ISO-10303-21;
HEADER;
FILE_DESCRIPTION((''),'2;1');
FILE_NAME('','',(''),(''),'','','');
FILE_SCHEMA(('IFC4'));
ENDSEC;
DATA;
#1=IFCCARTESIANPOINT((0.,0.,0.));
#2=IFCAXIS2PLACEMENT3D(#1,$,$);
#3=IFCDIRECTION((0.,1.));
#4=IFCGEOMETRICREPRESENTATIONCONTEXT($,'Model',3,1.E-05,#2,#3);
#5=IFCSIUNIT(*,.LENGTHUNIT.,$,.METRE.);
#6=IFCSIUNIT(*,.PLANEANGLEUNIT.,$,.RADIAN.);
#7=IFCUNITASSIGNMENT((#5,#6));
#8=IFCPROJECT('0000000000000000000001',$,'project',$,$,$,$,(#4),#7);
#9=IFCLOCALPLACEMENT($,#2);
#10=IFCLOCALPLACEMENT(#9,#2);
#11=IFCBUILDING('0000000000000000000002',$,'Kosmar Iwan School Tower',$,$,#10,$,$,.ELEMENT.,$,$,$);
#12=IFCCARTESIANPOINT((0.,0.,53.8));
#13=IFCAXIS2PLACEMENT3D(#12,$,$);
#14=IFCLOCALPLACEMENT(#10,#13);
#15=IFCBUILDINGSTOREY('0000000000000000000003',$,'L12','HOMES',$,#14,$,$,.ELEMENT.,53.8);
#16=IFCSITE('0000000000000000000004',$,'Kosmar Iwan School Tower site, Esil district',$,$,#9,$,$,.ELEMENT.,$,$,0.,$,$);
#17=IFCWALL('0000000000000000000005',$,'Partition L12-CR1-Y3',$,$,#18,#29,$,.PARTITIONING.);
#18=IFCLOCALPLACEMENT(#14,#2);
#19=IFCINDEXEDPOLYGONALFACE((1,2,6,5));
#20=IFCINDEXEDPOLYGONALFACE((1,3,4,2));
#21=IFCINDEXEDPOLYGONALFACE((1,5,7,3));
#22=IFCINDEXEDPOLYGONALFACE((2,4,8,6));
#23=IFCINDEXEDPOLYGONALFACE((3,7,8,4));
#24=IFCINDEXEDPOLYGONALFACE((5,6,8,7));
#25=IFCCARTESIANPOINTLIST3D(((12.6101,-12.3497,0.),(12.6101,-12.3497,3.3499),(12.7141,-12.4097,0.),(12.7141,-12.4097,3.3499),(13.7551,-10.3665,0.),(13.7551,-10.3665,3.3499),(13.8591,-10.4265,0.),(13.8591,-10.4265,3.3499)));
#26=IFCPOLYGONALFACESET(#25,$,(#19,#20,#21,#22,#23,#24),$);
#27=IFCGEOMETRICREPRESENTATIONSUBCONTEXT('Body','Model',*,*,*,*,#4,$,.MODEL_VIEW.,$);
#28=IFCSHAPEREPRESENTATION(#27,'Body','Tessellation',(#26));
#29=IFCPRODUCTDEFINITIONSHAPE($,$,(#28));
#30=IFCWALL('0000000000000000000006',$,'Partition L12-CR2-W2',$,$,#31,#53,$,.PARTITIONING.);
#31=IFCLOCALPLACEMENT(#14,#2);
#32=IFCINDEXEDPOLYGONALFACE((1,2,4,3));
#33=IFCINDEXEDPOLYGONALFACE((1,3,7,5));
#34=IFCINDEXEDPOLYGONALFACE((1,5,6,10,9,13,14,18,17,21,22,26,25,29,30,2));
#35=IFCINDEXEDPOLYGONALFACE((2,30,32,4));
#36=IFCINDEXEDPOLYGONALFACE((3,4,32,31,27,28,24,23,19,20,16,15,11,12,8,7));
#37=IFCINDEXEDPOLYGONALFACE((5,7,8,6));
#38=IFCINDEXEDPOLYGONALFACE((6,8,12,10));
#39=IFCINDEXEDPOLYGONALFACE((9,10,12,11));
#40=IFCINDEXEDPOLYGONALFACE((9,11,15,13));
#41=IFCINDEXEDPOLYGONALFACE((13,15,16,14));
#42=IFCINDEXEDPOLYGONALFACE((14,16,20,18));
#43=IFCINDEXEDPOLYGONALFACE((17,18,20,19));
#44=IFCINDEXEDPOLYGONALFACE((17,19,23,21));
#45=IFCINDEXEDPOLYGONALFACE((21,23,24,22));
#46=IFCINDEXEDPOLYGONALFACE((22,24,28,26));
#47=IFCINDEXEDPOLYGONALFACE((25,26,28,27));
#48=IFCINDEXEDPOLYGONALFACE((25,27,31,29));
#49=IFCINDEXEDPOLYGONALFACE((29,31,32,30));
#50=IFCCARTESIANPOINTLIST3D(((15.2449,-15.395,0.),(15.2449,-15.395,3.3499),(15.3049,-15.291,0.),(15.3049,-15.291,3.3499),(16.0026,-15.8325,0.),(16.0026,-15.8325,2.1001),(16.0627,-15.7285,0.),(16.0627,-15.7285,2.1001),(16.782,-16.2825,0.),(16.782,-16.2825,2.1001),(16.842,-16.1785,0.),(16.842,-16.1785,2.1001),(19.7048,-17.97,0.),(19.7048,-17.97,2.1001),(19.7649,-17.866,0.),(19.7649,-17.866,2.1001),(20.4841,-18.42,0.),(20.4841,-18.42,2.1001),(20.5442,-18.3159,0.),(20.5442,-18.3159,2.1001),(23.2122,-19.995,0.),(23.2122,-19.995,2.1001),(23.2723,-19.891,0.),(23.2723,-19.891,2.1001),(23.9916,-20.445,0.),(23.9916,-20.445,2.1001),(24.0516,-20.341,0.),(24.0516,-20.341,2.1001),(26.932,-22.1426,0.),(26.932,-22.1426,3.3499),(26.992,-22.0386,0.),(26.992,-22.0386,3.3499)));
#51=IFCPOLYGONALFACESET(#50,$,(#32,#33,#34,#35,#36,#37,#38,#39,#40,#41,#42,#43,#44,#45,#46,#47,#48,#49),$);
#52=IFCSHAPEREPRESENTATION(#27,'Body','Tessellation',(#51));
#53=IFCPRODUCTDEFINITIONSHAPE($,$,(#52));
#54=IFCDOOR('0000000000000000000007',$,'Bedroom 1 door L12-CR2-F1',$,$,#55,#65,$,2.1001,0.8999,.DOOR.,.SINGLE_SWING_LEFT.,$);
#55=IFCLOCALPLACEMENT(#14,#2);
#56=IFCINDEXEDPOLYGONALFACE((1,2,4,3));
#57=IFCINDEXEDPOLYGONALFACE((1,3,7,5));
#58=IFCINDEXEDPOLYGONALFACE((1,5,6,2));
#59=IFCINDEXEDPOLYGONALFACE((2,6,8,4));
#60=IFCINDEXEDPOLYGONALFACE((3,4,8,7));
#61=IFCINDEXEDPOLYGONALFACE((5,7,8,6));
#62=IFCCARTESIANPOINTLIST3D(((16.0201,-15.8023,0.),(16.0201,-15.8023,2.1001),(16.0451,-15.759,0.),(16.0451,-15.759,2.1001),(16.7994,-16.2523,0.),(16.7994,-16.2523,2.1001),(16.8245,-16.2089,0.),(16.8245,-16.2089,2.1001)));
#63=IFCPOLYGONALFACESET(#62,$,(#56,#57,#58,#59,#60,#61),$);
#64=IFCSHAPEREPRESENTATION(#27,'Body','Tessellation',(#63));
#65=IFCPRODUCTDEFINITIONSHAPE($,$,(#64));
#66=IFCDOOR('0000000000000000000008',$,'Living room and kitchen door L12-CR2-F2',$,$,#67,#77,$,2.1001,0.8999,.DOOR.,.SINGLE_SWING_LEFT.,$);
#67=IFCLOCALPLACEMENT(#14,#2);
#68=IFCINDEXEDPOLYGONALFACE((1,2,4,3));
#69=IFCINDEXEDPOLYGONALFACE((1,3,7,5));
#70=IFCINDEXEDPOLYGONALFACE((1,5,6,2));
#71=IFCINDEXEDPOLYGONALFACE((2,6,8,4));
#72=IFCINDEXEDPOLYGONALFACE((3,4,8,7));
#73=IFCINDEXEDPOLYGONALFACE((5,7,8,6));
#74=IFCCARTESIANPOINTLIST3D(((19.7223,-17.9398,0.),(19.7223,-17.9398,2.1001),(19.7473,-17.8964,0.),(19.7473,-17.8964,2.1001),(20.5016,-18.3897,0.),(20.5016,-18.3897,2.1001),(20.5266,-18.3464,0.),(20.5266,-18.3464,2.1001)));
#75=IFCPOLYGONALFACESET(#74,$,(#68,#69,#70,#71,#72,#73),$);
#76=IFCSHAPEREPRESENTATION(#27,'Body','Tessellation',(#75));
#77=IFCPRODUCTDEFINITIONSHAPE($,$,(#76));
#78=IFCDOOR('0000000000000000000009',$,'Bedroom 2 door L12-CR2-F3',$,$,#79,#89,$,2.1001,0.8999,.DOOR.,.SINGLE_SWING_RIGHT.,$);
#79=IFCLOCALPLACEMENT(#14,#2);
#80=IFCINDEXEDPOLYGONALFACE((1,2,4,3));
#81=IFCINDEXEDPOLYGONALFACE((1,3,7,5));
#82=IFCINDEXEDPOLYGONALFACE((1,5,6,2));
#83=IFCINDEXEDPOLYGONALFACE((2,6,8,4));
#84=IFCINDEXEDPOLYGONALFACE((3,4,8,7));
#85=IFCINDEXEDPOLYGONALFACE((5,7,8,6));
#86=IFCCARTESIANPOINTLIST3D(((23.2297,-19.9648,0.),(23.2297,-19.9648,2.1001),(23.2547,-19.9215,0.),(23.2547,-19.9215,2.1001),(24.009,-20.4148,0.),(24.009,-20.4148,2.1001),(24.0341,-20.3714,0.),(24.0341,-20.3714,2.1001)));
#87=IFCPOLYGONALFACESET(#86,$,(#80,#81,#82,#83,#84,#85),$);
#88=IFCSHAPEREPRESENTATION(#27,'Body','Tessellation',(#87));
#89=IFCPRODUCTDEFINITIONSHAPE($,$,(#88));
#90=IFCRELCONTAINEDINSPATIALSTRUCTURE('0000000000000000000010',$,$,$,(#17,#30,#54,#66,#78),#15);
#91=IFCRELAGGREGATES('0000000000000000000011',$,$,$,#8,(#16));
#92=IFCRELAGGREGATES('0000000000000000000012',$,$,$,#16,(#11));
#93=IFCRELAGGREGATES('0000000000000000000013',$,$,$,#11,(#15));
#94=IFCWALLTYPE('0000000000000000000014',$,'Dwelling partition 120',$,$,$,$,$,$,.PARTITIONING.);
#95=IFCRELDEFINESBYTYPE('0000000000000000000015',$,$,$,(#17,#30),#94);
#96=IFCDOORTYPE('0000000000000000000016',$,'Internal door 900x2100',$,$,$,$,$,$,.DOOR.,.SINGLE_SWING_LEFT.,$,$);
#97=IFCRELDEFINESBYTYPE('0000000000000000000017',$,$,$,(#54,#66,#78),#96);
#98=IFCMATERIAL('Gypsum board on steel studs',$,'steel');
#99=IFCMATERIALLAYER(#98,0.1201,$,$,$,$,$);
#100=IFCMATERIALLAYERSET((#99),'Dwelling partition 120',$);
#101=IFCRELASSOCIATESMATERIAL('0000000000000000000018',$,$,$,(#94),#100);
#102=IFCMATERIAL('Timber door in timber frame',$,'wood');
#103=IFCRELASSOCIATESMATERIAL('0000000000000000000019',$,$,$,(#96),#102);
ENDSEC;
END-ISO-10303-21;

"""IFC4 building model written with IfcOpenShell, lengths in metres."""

from ifc_helpers import new_model, si_unit, direction, frame, frame_2d, origin, place, context, subcontext, project, spatial, rectangle, extrude, material, layer, layer_set, type_object, element, fill, save


model = new_model("IFC4")

# Units and contexts
model_context = context("Model", 3, precision=1e-05, world=origin(), true_north=direction((0.0, 1.0)))
body_context = subcontext(model_context, "Body", "Model", "MODEL_VIEW")
ifc_project = project(units=[si_unit("LENGTHUNIT", "METRE"), si_unit("PLANEANGLEUNIT", "RADIAN")], contexts=[model_context])

# Site, building, storey
site_placement = place(None, origin())
site = spatial("IfcSite", under=ifc_project, at=site_placement, Name="Kosmar Iwan School Tower site, Esil district", CompositionType="ELEMENT", RefElevation=0.0)
building_placement = place(site_placement, origin())
building = spatial("IfcBuilding", under=site, at=building_placement, Name="Kosmar Iwan School Tower", CompositionType="ELEMENT")
storey_placement = place(building_placement, frame((0.0, 0.0, 53.8)))
storey = spatial("IfcBuildingStorey", under=building, at=storey_placement, Name="L12", Description="HOMES", CompositionType="ELEMENT", Elevation=53.8)

# Wall
ifc_material_1 = material(Name="Gypsum board on steel studs", Category="steel")
ifc_layer_1 = layer(ifc_material_1, 0.1201)
ifc_layer_set_1 = layer_set([ifc_layer_1], Name="Dwelling partition 120")
wall_type_1 = type_object("IfcWallType", Name="Dwelling partition 120", PredefinedType="PARTITIONING", material=ifc_layer_set_1)
for number, where, z_axis, x_axis, name in (
    (1, (13.8071, -10.3965, 0.0), (0.0, 0.0, 1.0), (-0.500015, -0.866017, 0.0), "Partition L12-CR1-Y3"),
):
    element("IfcWall", number, at=place(storey_placement, frame(where, z_axis=z_axis, x_axis=x_axis)), inside=storey, type_object=wall_type_1, Name=name, PredefinedType="PARTITIONING", context=body_context, shape_type="SweptSolid", body=[
        extrude(rectangle(XDim=2.29, YDim=0.1201, at=frame_2d((1.145, 0.0))), origin(), (0.0, 0.0, 1.0), 3.3499),
    ])

# Wall, openings, doors
wall_1_placement = place(storey_placement, frame((15.2749, -15.343, 0.0), z_axis=(0.0, 0.0, 1.0), x_axis=(0.866024, -0.500003, 0.0)))
wall_1 = element("IfcWall", 2, at=wall_1_placement, inside=storey, type_object=wall_type_1, Name="Partition L12-CR2-W2", PredefinedType="PARTITIONING", context=body_context, shape_type="SweptSolid", body=[
    extrude(rectangle(XDim=13.4951, YDim=0.1201, at=frame_2d((6.7476, 0.0))), origin(), (0.0, 0.0, 1.0), 3.3499),
])
opening_1_placement = place(wall_1_placement, frame((0.875, 0.0, 0.0)))
opening_1 = element("IfcOpeningElement", 3, at=opening_1_placement, cuts=wall_1, PredefinedType="OPENING", context=body_context, shape_type="SweptSolid", body=[
    extrude(rectangle(XDim=0.8999, YDim=2.1001, at=frame_2d((0.45, 1.05))), frame((0.0, 0.072, 0.0), z_axis=(0.0, -1.0, 0.0), x_axis=(1.0, 0.0, 0.0)), (0.0, 0.0, 1.0), 0.144),
])
opening_2_placement = place(wall_1_placement, frame((5.1499, 0.0, 0.0)))
opening_2 = element("IfcOpeningElement", 4, at=opening_2_placement, cuts=wall_1, PredefinedType="OPENING", context=body_context, shape_type="SweptSolid", body=[
    extrude(rectangle(XDim=0.8999, YDim=2.1001, at=frame_2d((0.45, 1.05))), frame((0.0, 0.072, 0.0), z_axis=(0.0, -1.0, 0.0), x_axis=(1.0, 0.0, 0.0)), (0.0, 0.0, 1.0), 0.144),
])
opening_3_placement = place(wall_1_placement, frame((9.2, 0.0, 0.0)))
opening_3 = element("IfcOpeningElement", 5, at=opening_3_placement, cuts=wall_1, PredefinedType="OPENING", context=body_context, shape_type="SweptSolid", body=[
    extrude(rectangle(XDim=0.8999, YDim=2.1001, at=frame_2d((0.45, 1.05))), frame((0.0, 0.072, 0.0), z_axis=(0.0, -1.0, 0.0), x_axis=(1.0, 0.0, 0.0)), (0.0, 0.0, 1.0), 0.144),
])
ifc_material_2 = material(Name="Timber door in timber frame", Category="wood")
door_type_1 = type_object("IfcDoorType", Name="Internal door 900x2100", OperationType="SINGLE_SWING_LEFT", PredefinedType="DOOR", material=ifc_material_2)
door_1_placement = place(opening_1_placement, origin())
door_1 = element("IfcDoor", 6, at=door_1_placement, inside=storey, type_object=door_type_1, Name="Bedroom 1 door L12-CR2-F1", OperationType="SINGLE_SWING_LEFT", OverallHeight=2.1001, OverallWidth=0.8999, PredefinedType="DOOR", context=body_context, shape_type="SweptSolid", body=[
    extrude(rectangle(XDim=0.8999, YDim=2.1001, at=frame_2d((0.45, 1.05))), frame((0.0, 0.0249, 0.0), z_axis=(0.0, -1.0, 0.0), x_axis=(1.0, 0.0, 0.0)), (0.0, 0.0, 1.0), 0.05),
])
fill(opening_1, door_1)
door_2_placement = place(opening_2_placement, origin())
door_2 = element("IfcDoor", 7, at=door_2_placement, inside=storey, type_object=door_type_1, Name="Living room and kitchen door L12-CR2-F2", OperationType="SINGLE_SWING_LEFT", OverallHeight=2.1001, OverallWidth=0.8999, PredefinedType="DOOR", context=body_context, shape_type="SweptSolid", body=[
    extrude(rectangle(XDim=0.8999, YDim=2.1001, at=frame_2d((0.45, 1.05))), frame((0.0, 0.0249, 0.0), z_axis=(0.0, -1.0, 0.0), x_axis=(1.0, 0.0, 0.0)), (0.0, 0.0, 1.0), 0.05),
])
fill(opening_2, door_2)
door_3_placement = place(opening_3_placement, origin())
door_3 = element("IfcDoor", 8, at=door_3_placement, inside=storey, type_object=door_type_1, Name="Bedroom 2 door L12-CR2-F3", OperationType="SINGLE_SWING_RIGHT", OverallHeight=2.1001, OverallWidth=0.8999, PredefinedType="DOOR", context=body_context, shape_type="SweptSolid", body=[
    extrude(rectangle(XDim=0.8999, YDim=2.1001, at=frame_2d((0.45, 1.05))), frame((0.0, 0.0249, 0.0), z_axis=(0.0, -1.0, 0.0), x_axis=(1.0, 0.0, 0.0)), (0.0, 0.0, 1.0), 0.05),
])
fill(opening_3, door_3)

save(model, "model.ifc")
